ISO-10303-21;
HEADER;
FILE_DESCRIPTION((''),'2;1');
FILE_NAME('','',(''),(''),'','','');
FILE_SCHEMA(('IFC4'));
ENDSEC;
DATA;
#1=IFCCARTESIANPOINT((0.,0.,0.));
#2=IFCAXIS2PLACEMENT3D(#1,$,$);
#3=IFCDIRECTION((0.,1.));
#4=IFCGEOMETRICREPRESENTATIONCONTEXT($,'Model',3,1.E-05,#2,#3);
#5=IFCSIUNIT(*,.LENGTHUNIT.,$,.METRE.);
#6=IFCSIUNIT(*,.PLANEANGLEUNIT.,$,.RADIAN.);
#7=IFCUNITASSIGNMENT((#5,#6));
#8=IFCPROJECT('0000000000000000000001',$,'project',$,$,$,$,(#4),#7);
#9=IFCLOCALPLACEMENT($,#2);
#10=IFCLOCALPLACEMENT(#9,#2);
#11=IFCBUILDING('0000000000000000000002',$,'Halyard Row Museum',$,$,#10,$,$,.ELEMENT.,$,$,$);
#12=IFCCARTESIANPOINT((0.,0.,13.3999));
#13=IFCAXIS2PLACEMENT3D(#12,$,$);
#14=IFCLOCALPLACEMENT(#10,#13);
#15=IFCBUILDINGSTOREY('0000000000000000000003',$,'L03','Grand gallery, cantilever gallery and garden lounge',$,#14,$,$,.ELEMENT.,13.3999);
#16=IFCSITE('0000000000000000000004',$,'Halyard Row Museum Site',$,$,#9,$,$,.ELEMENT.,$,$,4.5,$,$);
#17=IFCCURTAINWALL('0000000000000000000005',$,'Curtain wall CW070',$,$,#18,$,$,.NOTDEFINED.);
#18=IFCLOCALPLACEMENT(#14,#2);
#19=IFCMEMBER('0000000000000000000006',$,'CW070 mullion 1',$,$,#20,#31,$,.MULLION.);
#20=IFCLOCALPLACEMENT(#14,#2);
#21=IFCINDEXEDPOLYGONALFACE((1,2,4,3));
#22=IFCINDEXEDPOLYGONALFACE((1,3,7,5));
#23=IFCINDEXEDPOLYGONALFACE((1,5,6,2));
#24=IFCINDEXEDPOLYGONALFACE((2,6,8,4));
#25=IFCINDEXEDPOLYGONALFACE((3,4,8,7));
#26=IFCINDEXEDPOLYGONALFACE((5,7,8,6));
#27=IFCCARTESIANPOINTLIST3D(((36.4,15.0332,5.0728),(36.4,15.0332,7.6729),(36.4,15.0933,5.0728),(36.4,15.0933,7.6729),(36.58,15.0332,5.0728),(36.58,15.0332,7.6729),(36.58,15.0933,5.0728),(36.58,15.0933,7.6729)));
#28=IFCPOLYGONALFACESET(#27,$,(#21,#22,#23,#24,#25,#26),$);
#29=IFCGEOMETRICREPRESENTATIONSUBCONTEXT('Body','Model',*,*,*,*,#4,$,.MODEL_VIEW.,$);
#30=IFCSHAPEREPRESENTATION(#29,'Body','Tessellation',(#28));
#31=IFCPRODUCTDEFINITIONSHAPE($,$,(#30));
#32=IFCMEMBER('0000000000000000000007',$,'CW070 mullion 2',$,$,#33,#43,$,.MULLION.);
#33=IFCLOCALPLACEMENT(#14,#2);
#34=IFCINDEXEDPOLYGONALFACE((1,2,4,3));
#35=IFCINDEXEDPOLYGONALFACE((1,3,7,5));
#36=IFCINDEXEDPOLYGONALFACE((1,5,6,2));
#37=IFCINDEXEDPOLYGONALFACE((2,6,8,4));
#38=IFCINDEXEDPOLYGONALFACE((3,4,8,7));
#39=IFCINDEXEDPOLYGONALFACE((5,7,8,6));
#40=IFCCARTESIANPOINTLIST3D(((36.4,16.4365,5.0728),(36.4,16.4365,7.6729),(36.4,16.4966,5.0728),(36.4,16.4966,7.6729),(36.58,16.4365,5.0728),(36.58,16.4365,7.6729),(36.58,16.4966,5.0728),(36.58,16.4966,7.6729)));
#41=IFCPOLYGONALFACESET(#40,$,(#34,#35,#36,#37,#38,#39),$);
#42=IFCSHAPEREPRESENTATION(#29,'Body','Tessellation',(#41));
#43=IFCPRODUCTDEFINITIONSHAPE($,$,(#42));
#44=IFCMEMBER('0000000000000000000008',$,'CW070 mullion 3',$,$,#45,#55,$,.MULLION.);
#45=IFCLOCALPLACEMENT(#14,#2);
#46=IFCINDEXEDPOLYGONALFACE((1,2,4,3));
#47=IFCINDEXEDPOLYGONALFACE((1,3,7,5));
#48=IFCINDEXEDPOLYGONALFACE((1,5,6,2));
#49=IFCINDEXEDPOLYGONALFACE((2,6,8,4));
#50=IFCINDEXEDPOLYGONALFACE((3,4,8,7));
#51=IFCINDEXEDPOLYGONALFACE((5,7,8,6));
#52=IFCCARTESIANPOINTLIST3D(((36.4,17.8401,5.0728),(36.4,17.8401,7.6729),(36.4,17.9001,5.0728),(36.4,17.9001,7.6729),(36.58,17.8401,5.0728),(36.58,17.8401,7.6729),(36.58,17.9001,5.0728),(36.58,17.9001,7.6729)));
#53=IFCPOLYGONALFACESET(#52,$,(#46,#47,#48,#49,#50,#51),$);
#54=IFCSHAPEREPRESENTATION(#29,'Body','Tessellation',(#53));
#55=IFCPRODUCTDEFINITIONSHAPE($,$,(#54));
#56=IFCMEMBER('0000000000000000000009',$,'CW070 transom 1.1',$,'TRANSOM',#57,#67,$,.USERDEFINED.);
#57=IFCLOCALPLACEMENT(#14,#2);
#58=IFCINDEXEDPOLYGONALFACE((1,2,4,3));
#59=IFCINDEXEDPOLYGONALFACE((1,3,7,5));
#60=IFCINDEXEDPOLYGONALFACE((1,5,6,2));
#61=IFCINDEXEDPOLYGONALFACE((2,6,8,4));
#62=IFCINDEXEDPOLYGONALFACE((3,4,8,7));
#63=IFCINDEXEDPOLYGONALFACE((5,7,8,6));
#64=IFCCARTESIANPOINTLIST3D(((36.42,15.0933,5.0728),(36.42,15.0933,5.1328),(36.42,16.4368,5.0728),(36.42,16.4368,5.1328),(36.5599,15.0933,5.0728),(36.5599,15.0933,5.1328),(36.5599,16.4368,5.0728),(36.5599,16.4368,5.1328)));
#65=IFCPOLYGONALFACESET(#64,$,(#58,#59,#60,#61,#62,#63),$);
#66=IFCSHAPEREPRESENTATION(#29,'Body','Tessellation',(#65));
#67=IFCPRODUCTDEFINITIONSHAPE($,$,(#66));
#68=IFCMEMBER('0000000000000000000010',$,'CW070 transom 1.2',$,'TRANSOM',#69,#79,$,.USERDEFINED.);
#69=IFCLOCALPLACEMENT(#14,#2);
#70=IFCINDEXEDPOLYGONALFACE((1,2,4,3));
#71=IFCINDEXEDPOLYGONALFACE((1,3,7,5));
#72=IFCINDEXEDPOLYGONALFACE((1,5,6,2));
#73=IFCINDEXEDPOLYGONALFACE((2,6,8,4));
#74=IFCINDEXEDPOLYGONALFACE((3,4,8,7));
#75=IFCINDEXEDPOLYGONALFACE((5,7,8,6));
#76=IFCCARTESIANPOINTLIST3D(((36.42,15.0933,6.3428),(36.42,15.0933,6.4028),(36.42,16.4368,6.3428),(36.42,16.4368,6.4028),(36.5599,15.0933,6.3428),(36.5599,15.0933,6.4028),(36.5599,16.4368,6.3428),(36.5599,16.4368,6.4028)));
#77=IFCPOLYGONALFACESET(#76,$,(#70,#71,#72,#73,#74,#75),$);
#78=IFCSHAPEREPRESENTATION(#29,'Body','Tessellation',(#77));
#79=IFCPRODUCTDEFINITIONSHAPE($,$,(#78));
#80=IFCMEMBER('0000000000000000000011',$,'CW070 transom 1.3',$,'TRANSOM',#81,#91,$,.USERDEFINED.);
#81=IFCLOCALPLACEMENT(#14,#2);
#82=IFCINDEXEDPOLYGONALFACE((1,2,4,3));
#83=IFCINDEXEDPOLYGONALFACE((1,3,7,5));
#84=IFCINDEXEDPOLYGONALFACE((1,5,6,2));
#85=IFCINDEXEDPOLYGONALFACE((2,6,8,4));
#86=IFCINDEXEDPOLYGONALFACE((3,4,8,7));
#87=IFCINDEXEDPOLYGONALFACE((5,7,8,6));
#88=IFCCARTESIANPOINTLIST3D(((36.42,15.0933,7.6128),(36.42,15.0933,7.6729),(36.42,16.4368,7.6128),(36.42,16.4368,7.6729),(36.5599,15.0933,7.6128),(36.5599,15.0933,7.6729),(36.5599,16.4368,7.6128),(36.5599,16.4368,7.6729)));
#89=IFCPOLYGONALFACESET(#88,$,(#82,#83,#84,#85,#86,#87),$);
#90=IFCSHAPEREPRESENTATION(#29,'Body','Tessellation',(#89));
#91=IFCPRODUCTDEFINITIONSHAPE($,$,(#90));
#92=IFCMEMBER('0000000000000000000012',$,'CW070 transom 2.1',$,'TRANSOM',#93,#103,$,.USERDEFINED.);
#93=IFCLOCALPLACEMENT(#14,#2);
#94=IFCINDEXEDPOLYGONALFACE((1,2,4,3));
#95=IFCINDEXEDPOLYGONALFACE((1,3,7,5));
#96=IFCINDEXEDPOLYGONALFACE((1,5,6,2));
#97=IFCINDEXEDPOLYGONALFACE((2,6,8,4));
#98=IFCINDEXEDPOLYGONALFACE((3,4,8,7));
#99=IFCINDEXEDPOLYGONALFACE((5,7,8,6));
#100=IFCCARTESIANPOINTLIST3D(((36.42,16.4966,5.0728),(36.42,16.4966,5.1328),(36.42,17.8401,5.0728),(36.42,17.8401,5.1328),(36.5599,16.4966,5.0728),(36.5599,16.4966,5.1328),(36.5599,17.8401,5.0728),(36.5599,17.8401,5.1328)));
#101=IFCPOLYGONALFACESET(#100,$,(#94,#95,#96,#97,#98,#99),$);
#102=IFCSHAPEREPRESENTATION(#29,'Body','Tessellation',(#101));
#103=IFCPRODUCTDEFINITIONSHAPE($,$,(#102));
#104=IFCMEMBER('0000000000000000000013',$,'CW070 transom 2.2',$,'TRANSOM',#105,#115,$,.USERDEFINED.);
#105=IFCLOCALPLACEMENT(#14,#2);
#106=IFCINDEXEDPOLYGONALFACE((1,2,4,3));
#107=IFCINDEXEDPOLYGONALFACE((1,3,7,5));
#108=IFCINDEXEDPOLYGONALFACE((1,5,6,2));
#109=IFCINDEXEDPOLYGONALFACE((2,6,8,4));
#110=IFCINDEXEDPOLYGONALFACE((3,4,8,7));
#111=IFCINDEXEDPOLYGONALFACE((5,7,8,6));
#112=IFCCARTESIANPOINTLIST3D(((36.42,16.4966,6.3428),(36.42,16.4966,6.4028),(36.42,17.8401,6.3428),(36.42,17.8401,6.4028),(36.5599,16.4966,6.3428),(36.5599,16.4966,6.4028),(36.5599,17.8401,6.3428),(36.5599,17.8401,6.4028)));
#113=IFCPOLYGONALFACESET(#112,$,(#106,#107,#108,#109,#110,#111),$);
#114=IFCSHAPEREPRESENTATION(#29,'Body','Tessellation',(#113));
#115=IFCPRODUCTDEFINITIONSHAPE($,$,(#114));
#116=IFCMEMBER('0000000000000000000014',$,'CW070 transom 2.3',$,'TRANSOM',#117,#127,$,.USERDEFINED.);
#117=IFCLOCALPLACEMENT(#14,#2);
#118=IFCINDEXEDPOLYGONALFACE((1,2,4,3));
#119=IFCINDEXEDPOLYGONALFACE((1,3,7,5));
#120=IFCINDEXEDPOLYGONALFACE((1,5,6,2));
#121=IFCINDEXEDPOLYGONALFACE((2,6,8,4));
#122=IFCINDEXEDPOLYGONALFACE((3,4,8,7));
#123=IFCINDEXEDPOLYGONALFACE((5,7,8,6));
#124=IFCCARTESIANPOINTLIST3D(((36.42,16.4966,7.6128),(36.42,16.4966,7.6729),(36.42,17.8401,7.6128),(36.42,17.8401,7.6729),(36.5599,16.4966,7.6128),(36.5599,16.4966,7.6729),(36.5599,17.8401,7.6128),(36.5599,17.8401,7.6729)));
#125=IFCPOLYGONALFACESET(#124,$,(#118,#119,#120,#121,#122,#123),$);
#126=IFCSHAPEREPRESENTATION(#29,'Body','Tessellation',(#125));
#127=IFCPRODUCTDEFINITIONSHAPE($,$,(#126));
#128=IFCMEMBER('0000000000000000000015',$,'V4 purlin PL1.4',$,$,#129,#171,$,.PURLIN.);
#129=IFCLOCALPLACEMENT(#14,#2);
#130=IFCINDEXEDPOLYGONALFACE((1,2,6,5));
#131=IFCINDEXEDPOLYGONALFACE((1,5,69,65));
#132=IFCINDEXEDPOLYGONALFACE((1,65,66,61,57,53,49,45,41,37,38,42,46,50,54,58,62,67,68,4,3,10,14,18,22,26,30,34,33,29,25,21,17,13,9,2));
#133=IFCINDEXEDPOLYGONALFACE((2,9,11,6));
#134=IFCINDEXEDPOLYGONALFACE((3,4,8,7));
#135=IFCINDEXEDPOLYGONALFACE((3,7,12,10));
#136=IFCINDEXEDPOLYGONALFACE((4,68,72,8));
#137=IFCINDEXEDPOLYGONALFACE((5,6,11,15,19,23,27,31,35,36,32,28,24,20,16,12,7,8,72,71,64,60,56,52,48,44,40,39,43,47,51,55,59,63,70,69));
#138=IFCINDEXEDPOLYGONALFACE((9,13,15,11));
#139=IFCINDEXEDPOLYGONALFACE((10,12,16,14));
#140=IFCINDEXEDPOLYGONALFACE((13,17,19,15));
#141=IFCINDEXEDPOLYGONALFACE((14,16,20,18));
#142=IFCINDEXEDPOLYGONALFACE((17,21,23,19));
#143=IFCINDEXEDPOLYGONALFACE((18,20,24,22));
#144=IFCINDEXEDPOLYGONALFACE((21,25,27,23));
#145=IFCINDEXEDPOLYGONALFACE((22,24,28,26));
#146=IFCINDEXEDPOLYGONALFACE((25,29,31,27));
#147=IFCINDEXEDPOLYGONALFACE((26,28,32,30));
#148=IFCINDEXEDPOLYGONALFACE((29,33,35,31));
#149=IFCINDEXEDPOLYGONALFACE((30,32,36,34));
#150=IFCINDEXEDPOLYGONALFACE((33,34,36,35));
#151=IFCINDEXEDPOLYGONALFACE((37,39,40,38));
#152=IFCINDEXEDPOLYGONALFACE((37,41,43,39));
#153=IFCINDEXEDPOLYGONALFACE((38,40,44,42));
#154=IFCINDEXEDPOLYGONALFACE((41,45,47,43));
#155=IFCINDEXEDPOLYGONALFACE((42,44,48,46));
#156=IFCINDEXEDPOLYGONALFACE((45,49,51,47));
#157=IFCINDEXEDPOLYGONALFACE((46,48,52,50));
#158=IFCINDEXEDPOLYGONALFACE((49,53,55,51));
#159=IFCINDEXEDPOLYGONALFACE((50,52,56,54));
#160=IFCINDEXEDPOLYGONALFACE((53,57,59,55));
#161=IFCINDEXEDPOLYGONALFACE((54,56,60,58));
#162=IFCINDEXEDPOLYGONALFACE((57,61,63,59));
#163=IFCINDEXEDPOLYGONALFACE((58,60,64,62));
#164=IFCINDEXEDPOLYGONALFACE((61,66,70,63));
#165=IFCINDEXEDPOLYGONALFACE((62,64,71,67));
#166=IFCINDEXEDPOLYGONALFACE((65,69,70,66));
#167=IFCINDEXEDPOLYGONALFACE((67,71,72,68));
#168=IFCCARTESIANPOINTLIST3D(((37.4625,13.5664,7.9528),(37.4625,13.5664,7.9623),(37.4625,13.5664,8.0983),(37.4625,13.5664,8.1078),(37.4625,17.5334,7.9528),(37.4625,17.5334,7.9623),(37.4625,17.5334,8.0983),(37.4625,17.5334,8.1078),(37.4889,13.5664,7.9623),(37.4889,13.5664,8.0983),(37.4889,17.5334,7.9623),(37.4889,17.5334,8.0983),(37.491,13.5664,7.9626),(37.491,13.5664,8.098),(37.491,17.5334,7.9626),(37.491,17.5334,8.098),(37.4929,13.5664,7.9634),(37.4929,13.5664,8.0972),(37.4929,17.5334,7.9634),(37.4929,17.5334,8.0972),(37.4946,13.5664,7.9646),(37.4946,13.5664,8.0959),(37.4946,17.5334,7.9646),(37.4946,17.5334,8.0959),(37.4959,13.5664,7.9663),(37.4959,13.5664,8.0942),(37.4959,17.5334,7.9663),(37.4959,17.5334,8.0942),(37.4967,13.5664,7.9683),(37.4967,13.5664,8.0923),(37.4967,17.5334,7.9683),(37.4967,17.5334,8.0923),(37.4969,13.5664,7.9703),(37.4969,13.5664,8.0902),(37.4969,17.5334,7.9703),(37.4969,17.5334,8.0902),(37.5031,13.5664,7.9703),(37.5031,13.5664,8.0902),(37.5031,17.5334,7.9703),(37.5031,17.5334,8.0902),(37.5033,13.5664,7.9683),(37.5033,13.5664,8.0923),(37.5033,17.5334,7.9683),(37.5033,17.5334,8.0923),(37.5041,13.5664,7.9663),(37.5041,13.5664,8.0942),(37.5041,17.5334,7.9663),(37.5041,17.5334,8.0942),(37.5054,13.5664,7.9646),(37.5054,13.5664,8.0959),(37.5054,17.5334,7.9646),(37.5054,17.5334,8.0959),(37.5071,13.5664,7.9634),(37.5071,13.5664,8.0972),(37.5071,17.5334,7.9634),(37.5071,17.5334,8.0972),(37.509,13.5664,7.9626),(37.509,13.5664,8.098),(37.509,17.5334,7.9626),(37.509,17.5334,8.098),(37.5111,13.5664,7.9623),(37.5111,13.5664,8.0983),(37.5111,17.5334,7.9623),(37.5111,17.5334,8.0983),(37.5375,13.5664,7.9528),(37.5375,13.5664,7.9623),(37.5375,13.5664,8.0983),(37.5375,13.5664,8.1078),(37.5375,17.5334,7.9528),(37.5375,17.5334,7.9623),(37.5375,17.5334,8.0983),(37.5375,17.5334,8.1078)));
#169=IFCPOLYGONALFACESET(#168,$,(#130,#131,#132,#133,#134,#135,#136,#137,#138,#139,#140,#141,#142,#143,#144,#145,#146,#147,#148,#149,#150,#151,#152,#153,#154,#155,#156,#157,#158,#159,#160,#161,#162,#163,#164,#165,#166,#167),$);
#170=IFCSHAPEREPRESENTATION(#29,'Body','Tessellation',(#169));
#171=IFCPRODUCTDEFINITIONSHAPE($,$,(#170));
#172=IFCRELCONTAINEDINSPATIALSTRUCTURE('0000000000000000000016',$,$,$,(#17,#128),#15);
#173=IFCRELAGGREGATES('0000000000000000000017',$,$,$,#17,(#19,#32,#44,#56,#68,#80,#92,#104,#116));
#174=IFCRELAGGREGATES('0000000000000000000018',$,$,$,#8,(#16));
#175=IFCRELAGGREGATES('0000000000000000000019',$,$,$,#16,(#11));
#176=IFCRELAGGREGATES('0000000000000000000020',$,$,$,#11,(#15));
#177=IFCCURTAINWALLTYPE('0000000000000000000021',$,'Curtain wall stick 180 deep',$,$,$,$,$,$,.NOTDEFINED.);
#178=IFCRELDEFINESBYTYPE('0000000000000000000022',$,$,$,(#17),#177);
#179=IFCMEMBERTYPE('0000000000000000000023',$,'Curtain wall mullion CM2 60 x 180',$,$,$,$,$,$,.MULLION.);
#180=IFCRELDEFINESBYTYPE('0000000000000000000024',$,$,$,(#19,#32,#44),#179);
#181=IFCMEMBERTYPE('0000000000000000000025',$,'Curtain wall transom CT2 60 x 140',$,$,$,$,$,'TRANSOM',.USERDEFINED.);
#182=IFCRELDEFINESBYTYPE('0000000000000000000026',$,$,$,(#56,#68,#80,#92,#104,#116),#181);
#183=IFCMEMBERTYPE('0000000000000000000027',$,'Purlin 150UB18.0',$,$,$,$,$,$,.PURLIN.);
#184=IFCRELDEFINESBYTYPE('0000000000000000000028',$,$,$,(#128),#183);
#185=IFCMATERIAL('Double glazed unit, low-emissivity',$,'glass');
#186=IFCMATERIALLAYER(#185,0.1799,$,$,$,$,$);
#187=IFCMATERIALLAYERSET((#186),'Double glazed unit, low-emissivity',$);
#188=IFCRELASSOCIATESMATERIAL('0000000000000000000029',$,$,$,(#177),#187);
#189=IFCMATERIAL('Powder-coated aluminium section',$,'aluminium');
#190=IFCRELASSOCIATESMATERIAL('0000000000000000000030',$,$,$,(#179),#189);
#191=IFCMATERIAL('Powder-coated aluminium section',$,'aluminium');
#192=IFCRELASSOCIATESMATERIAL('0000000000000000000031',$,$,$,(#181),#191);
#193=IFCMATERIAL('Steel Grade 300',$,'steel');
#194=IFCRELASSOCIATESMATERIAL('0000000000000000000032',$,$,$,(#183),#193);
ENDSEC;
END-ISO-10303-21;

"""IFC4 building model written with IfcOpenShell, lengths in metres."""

from ifc_helpers import new_model, si_unit, direction, frame, origin, origin_2d, place, context, subcontext, project, spatial, rectangle, i_section, extrude, material, layer, layer_set, material_profile, profile_set, type_object, element, aggregate, save


model = new_model("IFC4")

# Units and contexts
model_context = context("Model", 3, precision=1e-05, world=origin(), true_north=direction((0.0, 1.0)))
body_context = subcontext(model_context, "Body", "Model", "MODEL_VIEW")
ifc_project = project(units=[si_unit("LENGTHUNIT", "METRE"), si_unit("PLANEANGLEUNIT", "RADIAN")], contexts=[model_context])

# Site, building, storey
site_placement = place(None, origin())
site = spatial("IfcSite", under=ifc_project, at=site_placement, Name="Halyard Row Museum Site", CompositionType="ELEMENT", RefElevation=4.5)
building_placement = place(site_placement, origin())
building = spatial("IfcBuilding", under=site, at=building_placement, Name="Halyard Row Museum", CompositionType="ELEMENT")
storey_placement = place(building_placement, frame((0.0, 0.0, 13.3999)))
storey = spatial("IfcBuildingStorey", under=building, at=storey_placement, Name="L03", Description="Grand gallery, cantilever gallery and garden lounge", CompositionType="ELEMENT", Elevation=13.3999)

# Curtain wall, members
ifc_material_1 = material(Name="Double glazed unit, low-emissivity", Category="glass")
ifc_layer_1 = layer(ifc_material_1, 0.1799)
ifc_layer_set_1 = layer_set([ifc_layer_1], Name="Double glazed unit, low-emissivity")
curtain_wall_type = type_object("IfcCurtainWallType", Name="Curtain wall stick 180 deep", PredefinedType="NOTDEFINED", material=ifc_layer_set_1)
curtain_wall_placement = place(storey_placement, origin())
curtain_wall = element("IfcCurtainWall", 1, at=curtain_wall_placement, inside=storey, type_object=curtain_wall_type, Name="Curtain wall CW070", PredefinedType="NOTDEFINED")
ifc_material_2 = material(Name="Powder-coated aluminium section", Category="aluminium")
ifc_material_profile_1 = material_profile(ifc_material_2, rectangle(XDim=0.1799, YDim=0.0601, at=origin_2d()), Name="180x60 mullion")
ifc_profile_set_1 = profile_set([ifc_material_profile_1], Name="Powder-coated aluminium section")
member_type_1 = type_object("IfcMemberType", Name="Curtain wall mullion CM2 60 x 180", PredefinedType="MULLION", material=ifc_profile_set_1)
member_1_placement = place(storey_placement, frame((36.49, 15.0632, 5.0728), z_axis=(0.0, 0.0, 1.0), x_axis=(-1.0, 0.0, 0.0)))
member_1 = element("IfcMember", 2, at=member_1_placement, type_object=member_type_1, Name="CW070 mullion 1", PredefinedType="MULLION", context=body_context, shape_type="SweptSolid", body=[
    extrude(rectangle(XDim=0.1799, YDim=0.0601, at=origin_2d()), origin(), (0.0, 0.0, 1.0), 2.6001),
])
member_2_placement = place(storey_placement, frame((36.49, 16.4666, 5.0728), z_axis=(0.0, 0.0, 1.0), x_axis=(-1.0, 0.0, 0.0)))
member_2 = element("IfcMember", 3, at=member_2_placement, type_object=member_type_1, Name="CW070 mullion 2", PredefinedType="MULLION", context=body_context, shape_type="SweptSolid", body=[
    extrude(rectangle(XDim=0.1799, YDim=0.0601, at=origin_2d()), origin(), (0.0, 0.0, 1.0), 2.6001),
])
member_3_placement = place(storey_placement, frame((36.49, 17.8701, 5.0728), z_axis=(0.0, 0.0, 1.0), x_axis=(-1.0, 0.0, 0.0)))
member_3 = element("IfcMember", 4, at=member_3_placement, type_object=member_type_1, Name="CW070 mullion 3", PredefinedType="MULLION", context=body_context, shape_type="SweptSolid", body=[
    extrude(rectangle(XDim=0.1799, YDim=0.0601, at=origin_2d()), origin(), (0.0, 0.0, 1.0), 2.6001),
])
ifc_material_3 = material(Name="Powder-coated aluminium section", Category="aluminium")
ifc_material_profile_2 = material_profile(ifc_material_3, rectangle(XDim=0.1399, YDim=0.0601, at=origin_2d()), Name="140x60 transom")
ifc_profile_set_2 = profile_set([ifc_material_profile_2], Name="Powder-coated aluminium section")
member_type_2 = type_object("IfcMemberType", Name="Curtain wall transom CT2 60 x 140", ElementType="TRANSOM", PredefinedType="USERDEFINED", material=ifc_profile_set_2)
member_4_placement = place(storey_placement, frame((36.49, 15.0933, 5.1028), z_axis=(0.0, 1.0, 0.0), x_axis=(-1.0, 0.0, 0.0)))
member_4 = element("IfcMember", 5, at=member_4_placement, type_object=member_type_2, Name="CW070 transom 1.1", ObjectType="TRANSOM", PredefinedType="USERDEFINED", context=body_context, shape_type="SweptSolid", body=[
    extrude(rectangle(XDim=0.1399, YDim=0.0601, at=origin_2d()), origin(), (0.0, 0.0, 1.0), 1.3435),
])
member_5_placement = place(storey_placement, frame((36.49, 15.0933, 6.3728), z_axis=(0.0, 1.0, 0.0), x_axis=(-1.0, 0.0, 0.0)))
member_5 = element("IfcMember", 6, at=member_5_placement, type_object=member_type_2, Name="CW070 transom 1.2", ObjectType="TRANSOM", PredefinedType="USERDEFINED", context=body_context, shape_type="SweptSolid", body=[
    extrude(rectangle(XDim=0.1399, YDim=0.0601, at=origin_2d()), origin(), (0.0, 0.0, 1.0), 1.3435),
])
member_6_placement = place(storey_placement, frame((36.49, 15.0933, 7.6428), z_axis=(0.0, 1.0, 0.0), x_axis=(-1.0, 0.0, 0.0)))
member_6 = element("IfcMember", 7, at=member_6_placement, type_object=member_type_2, Name="CW070 transom 1.3", ObjectType="TRANSOM", PredefinedType="USERDEFINED", context=body_context, shape_type="SweptSolid", body=[
    extrude(rectangle(XDim=0.1399, YDim=0.0601, at=origin_2d()), origin(), (0.0, 0.0, 1.0), 1.3435),
])
member_7_placement = place(storey_placement, frame((36.49, 16.4966, 5.1028), z_axis=(0.0, 1.0, 0.0), x_axis=(-1.0, 0.0, 0.0)))
member_7 = element("IfcMember", 8, at=member_7_placement, type_object=member_type_2, Name="CW070 transom 2.1", ObjectType="TRANSOM", PredefinedType="USERDEFINED", context=body_context, shape_type="SweptSolid", body=[
    extrude(rectangle(XDim=0.1399, YDim=0.0601, at=origin_2d()), origin(), (0.0, 0.0, 1.0), 1.3435),
])
member_8_placement = place(storey_placement, frame((36.49, 16.4966, 6.3728), z_axis=(0.0, 1.0, 0.0), x_axis=(-1.0, 0.0, 0.0)))
member_8 = element("IfcMember", 9, at=member_8_placement, type_object=member_type_2, Name="CW070 transom 2.2", ObjectType="TRANSOM", PredefinedType="USERDEFINED", context=body_context, shape_type="SweptSolid", body=[
    extrude(rectangle(XDim=0.1399, YDim=0.0601, at=origin_2d()), origin(), (0.0, 0.0, 1.0), 1.3435),
])
member_9_placement = place(storey_placement, frame((36.49, 16.4966, 7.6428), z_axis=(0.0, 1.0, 0.0), x_axis=(-1.0, 0.0, 0.0)))
member_9 = element("IfcMember", 10, at=member_9_placement, type_object=member_type_2, Name="CW070 transom 2.3", ObjectType="TRANSOM", PredefinedType="USERDEFINED", context=body_context, shape_type="SweptSolid", body=[
    extrude(rectangle(XDim=0.1399, YDim=0.0601, at=origin_2d()), origin(), (0.0, 0.0, 1.0), 1.3435),
])

# Member
ifc_material_4 = material(Name="Steel Grade 300", Category="steel")
ifc_material_profile_3 = material_profile(ifc_material_4, i_section(OverallWidth=0.075, OverallDepth=0.155, WebThickness=0.0061, FlangeThickness=0.0095, FilletRadius=0.0081, at=origin_2d()), Name="150UB18.0")
ifc_profile_set_3 = profile_set([ifc_material_profile_3], Name="Steel Grade 300")
member_type_3 = type_object("IfcMemberType", Name="Purlin 150UB18.0", PredefinedType="PURLIN", material=ifc_profile_set_3)
for number, where, z_axis, x_axis, name in (
    (11, (37.5, 13.5664, 8.0303), (0.0, 1.0, 0.0), (-1.0, 0.0, 0.0), "V4 purlin PL1.4"),
):
    element("IfcMember", number, at=place(storey_placement, frame(where, z_axis=z_axis, x_axis=x_axis)), inside=storey, type_object=member_type_3, Name=name, PredefinedType="PURLIN", context=body_context, shape_type="SweptSolid", body=[
        extrude(i_section(OverallWidth=0.075, OverallDepth=0.155, WebThickness=0.0061, FlangeThickness=0.0095, FilletRadius=0.0081, at=origin_2d()), origin(), (0.0, 0.0, 1.0), 3.967),
    ])

aggregate(curtain_wall, [member_1, member_2, member_3, member_4, member_5, member_6, member_7, member_8, member_9])

save(model, "model.ifc")
